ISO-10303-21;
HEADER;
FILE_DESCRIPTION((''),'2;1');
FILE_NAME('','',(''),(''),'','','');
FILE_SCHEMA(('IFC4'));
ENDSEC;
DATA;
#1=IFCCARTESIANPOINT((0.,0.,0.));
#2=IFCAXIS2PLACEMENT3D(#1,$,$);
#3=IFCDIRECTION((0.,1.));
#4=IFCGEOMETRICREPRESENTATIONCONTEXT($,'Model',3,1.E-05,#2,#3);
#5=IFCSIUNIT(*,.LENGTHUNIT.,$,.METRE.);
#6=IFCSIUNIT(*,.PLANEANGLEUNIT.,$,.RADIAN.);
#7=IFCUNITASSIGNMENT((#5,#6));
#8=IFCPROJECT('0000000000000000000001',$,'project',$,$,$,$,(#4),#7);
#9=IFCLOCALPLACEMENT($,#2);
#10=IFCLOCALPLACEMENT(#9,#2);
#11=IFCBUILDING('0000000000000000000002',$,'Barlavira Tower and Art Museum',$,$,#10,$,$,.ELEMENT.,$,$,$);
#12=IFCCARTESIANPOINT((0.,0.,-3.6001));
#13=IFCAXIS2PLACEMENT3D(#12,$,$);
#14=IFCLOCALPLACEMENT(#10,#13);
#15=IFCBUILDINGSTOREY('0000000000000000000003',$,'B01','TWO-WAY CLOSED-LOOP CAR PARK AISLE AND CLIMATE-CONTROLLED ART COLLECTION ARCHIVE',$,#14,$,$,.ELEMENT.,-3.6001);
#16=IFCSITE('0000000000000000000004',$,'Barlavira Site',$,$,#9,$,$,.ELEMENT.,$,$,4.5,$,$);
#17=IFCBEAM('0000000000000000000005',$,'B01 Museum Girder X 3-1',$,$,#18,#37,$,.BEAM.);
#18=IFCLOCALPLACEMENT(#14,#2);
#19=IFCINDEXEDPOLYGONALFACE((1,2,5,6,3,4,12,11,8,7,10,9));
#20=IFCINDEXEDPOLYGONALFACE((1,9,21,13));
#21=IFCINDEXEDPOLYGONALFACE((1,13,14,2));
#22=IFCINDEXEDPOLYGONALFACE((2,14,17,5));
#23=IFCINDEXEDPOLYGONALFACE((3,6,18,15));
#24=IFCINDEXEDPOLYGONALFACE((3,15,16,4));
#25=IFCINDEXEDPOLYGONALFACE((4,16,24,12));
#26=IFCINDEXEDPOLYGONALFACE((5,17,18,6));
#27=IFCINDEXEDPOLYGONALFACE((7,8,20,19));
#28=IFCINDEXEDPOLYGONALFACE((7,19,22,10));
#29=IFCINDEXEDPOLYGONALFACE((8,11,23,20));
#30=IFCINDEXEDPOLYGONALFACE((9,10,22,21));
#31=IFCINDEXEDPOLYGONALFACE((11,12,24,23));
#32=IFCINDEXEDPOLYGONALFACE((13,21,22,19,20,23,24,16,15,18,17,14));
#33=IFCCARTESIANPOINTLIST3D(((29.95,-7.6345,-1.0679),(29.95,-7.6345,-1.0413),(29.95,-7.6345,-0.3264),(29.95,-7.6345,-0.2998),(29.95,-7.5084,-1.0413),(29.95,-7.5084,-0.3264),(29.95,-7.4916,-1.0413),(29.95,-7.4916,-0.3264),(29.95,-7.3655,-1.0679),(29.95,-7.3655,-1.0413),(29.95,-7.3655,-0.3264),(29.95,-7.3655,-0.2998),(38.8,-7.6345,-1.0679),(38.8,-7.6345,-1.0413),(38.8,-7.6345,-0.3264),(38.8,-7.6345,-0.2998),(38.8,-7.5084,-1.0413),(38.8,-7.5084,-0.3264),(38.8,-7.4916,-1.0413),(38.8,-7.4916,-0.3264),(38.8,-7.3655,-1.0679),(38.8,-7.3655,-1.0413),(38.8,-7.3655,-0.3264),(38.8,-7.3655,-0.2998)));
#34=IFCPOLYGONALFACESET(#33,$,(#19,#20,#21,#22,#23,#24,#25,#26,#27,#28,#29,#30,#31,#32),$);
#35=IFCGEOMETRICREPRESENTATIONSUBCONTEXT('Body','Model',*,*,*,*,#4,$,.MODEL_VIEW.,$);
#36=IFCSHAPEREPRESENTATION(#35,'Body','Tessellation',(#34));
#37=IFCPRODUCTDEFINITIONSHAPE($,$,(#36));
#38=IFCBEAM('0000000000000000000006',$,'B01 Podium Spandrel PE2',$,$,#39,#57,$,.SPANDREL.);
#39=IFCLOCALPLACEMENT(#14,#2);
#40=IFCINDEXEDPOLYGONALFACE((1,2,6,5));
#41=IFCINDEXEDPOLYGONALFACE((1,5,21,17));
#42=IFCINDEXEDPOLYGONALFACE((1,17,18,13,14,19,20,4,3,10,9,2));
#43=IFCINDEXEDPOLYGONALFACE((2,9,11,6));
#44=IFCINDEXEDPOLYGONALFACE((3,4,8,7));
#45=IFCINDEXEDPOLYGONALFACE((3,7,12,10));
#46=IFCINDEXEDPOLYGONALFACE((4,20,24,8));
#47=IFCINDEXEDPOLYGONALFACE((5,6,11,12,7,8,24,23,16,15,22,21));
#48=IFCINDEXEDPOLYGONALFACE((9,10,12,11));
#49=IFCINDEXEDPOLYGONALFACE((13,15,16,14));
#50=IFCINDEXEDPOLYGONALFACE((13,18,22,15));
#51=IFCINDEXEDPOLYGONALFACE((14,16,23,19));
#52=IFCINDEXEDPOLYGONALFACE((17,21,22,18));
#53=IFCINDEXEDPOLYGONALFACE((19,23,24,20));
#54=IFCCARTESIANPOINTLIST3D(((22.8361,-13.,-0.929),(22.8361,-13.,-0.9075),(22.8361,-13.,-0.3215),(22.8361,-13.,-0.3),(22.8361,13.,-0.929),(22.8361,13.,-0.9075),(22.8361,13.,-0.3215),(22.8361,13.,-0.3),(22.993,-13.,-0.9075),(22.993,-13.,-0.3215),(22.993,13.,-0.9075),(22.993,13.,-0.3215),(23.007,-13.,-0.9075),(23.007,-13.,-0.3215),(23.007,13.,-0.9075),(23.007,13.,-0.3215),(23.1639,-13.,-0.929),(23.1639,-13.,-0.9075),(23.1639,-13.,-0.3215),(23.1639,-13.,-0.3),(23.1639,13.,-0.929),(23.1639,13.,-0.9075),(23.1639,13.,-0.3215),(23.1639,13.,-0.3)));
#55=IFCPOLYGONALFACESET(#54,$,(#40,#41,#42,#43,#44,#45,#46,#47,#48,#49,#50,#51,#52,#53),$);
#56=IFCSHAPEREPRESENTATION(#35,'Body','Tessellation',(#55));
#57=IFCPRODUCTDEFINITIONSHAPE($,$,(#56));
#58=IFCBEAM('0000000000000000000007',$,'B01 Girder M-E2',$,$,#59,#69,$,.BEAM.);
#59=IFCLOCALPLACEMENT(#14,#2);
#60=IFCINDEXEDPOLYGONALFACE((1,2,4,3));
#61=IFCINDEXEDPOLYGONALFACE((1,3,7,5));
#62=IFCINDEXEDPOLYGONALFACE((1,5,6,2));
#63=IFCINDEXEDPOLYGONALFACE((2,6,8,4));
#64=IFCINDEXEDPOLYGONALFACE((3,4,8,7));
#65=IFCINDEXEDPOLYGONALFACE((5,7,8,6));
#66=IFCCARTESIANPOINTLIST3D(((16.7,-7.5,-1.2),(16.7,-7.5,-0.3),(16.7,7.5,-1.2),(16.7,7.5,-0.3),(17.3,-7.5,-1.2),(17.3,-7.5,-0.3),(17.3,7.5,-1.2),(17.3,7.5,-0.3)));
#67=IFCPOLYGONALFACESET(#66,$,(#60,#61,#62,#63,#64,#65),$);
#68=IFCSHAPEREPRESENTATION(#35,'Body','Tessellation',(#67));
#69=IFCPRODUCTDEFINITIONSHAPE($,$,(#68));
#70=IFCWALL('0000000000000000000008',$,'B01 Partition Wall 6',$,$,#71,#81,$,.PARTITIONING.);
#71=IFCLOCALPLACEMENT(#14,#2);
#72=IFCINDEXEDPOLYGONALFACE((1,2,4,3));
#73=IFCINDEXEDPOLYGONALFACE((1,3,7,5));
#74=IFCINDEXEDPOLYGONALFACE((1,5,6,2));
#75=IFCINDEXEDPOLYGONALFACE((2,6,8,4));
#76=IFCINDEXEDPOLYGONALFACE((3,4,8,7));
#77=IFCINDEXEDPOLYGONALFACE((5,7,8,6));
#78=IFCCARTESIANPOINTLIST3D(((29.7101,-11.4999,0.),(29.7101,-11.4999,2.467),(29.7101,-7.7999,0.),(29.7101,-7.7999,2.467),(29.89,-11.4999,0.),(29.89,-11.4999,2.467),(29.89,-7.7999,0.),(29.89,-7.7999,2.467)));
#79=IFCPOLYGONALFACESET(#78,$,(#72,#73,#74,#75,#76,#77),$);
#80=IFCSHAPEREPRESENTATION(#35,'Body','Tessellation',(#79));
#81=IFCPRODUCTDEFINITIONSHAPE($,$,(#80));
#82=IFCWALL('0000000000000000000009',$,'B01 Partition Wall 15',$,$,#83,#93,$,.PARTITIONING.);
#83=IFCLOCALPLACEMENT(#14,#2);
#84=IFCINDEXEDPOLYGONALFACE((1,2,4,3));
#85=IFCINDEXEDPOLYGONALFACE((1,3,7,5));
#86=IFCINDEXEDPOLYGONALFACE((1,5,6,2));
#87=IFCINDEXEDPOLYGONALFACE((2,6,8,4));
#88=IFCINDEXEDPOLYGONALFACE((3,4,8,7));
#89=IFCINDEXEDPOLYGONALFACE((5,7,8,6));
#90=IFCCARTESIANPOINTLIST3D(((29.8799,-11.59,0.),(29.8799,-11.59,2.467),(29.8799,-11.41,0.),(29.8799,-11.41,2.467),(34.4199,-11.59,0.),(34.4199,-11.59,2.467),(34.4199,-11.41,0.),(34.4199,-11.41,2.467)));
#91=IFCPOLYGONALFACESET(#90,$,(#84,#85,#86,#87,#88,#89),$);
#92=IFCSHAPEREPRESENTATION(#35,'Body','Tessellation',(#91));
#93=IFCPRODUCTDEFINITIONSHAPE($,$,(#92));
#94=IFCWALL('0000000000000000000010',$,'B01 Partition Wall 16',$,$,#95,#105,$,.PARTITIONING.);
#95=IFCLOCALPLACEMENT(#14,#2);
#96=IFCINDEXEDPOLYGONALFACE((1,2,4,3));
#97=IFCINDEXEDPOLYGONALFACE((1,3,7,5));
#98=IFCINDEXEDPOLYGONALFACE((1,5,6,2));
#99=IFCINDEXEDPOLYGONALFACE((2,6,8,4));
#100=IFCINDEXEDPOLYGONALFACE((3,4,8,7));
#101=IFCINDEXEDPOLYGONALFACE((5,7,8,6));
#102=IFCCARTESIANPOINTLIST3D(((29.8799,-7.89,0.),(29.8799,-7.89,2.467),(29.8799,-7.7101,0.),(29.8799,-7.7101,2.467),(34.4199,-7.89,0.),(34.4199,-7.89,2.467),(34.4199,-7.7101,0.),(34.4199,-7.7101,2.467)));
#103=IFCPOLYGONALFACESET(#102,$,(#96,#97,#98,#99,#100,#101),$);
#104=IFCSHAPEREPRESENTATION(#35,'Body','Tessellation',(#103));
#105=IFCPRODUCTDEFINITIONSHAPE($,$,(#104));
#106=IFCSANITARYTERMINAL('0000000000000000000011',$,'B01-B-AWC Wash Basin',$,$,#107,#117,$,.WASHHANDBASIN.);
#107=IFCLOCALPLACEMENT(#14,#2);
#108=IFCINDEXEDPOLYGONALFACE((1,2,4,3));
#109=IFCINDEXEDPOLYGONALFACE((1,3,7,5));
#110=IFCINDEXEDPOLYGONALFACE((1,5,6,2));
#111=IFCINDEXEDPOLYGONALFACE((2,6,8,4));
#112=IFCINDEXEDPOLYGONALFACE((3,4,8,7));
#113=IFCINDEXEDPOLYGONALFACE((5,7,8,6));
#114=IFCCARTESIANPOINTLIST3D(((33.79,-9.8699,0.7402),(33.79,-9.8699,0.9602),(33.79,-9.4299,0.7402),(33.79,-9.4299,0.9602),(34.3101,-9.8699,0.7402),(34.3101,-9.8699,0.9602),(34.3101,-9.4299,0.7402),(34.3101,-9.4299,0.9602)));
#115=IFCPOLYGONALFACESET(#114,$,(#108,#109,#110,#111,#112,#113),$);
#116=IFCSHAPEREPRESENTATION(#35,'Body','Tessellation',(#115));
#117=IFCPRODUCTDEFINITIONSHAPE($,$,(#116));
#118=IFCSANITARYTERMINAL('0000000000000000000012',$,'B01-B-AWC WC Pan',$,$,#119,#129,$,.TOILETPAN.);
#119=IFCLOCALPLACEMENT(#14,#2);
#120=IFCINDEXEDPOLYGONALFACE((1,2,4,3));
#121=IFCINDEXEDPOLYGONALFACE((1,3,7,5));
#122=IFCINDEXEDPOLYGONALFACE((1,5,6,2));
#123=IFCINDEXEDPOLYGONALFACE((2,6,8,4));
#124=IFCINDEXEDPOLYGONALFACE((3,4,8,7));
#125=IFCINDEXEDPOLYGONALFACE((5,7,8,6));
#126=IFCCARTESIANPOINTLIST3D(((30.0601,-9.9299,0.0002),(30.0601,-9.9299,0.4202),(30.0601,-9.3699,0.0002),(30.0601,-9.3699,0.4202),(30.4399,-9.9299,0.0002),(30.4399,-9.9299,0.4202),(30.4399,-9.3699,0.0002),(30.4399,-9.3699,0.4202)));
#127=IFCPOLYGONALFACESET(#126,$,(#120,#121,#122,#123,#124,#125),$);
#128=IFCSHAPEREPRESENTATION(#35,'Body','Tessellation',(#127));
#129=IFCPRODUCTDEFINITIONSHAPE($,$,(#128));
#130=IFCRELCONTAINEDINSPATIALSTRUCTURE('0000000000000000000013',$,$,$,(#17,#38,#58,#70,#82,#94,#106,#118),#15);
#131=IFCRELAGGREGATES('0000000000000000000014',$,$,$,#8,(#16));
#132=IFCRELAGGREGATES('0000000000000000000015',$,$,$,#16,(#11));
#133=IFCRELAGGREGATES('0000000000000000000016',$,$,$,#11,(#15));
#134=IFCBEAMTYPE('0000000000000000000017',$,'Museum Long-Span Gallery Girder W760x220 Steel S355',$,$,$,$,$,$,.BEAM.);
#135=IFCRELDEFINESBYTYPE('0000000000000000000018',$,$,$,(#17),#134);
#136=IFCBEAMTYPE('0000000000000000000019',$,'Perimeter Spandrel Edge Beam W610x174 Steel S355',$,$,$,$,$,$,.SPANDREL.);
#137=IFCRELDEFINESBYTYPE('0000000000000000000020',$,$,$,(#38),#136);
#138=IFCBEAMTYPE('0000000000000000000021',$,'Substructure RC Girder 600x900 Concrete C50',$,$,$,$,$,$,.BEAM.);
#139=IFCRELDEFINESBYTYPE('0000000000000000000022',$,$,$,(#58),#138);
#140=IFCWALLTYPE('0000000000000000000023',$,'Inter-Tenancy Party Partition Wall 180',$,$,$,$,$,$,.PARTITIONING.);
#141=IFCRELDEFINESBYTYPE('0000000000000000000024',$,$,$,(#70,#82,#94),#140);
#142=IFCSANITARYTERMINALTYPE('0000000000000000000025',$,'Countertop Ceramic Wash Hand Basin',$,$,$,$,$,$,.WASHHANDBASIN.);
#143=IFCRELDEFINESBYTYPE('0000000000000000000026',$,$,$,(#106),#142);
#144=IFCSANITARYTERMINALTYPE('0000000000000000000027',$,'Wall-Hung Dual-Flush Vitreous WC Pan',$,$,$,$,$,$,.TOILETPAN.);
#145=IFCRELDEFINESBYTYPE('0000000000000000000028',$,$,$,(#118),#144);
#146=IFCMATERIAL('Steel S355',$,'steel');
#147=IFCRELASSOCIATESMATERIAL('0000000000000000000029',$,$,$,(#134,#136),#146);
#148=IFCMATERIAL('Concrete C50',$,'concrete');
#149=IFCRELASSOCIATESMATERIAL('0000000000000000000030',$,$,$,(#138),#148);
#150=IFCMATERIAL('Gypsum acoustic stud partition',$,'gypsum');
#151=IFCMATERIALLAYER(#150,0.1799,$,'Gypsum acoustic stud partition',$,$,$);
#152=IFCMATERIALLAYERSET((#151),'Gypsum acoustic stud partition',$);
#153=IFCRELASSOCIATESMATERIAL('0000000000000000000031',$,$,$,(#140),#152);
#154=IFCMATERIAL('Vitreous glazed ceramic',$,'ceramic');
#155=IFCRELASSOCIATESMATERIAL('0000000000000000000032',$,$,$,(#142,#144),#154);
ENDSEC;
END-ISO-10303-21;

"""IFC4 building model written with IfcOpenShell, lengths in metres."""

from ifc_helpers import new_model, si_unit, direction, frame, frame_2d, origin, origin_2d, place, context, subcontext, project, spatial, rectangle, i_section, extrude, material, layer, layer_set, material_profile, profile_set, type_object, element, save


model = new_model("IFC4")

# Units and contexts
model_context = context("Model", 3, precision=1e-05, world=origin(), true_north=direction((0.0, 1.0)))
body_context = subcontext(model_context, "Body", "Model", "MODEL_VIEW")
ifc_project = project(units=[si_unit("LENGTHUNIT", "METRE"), si_unit("PLANEANGLEUNIT", "RADIAN")], contexts=[model_context])

# Site, building, storey
site_placement = place(None, origin())
site = spatial("IfcSite", under=ifc_project, at=site_placement, Name="Barlavira Site", CompositionType="ELEMENT", RefElevation=4.5)
building_placement = place(site_placement, origin())
building = spatial("IfcBuilding", under=site, at=building_placement, Name="Barlavira Tower and Art Museum", CompositionType="ELEMENT")
storey_placement = place(building_placement, frame((0.0, 0.0, -3.6001)))
storey = spatial("IfcBuildingStorey", under=building, at=storey_placement, Name="B01", Description="TWO-WAY CLOSED-LOOP CAR PARK AISLE AND CLIMATE-CONTROLLED ART COLLECTION ARCHIVE", CompositionType="ELEMENT", Elevation=-3.6001)

# Shared definitions
ifc_material_1 = material(Name="Concrete C50", Category="concrete")

# Beams
ifc_material_2 = material(Name="Steel S355", Category="steel")
ifc_material_profile_1 = material_profile(ifc_material_2, i_section(OverallWidth=0.269, OverallDepth=0.7681, WebThickness=0.0168, FlangeThickness=0.0266, at=origin_2d()), Name="W760x220.0")
ifc_profile_set_1 = profile_set([ifc_material_profile_1], Name="Steel S355")
beam_type_1 = type_object("IfcBeamType", Name="Museum Long-Span Gallery Girder W760x220 Steel S355", PredefinedType="BEAM", material=ifc_profile_set_1)
for number, where, z_axis, x_axis, name in (
    (1, (29.95, -7.5, -0.6838), (1.0, 0.0, 0.0), (0.0, 1.0, 0.0), "B01 Museum Girder X 3-1"),
):
    element("IfcBeam", number, at=place(storey_placement, frame(where, z_axis=z_axis, x_axis=x_axis)), inside=storey, type_object=beam_type_1, Name=name, PredefinedType="BEAM", context=body_context, shape_type="SweptSolid", body=[
        extrude(i_section(OverallWidth=0.269, OverallDepth=0.7681, WebThickness=0.0168, FlangeThickness=0.0266, at=origin_2d()), origin(), (0.0, 0.0, 1.0), 8.8501),
    ])
ifc_material_profile_2 = material_profile(ifc_material_2, i_section(OverallWidth=0.3279, OverallDepth=0.6289, WebThickness=0.0139, FlangeThickness=0.0215, at=origin_2d()), Name="W610x174.0")
ifc_profile_set_2 = profile_set([ifc_material_profile_2], Name="Steel S355")
beam_type_2 = type_object("IfcBeamType", Name="Perimeter Spandrel Edge Beam W610x174 Steel S355", PredefinedType="SPANDREL", material=ifc_profile_set_2)
beam_1_placement = place(storey_placement, frame((23.0, -13.0, -0.6145), z_axis=(0.0, 1.0, 0.0), x_axis=(-1.0, 0.0, 0.0)))
element("IfcBeam", 2, at=beam_1_placement, inside=storey, type_object=beam_type_2, Name="B01 Podium Spandrel PE2", PredefinedType="SPANDREL", context=body_context, shape_type="SweptSolid", body=[
    extrude(i_section(OverallWidth=0.3279, OverallDepth=0.6289, WebThickness=0.0139, FlangeThickness=0.0215, at=origin_2d()), origin(), (0.0, 0.0, 1.0), 26.0),
])
ifc_material_profile_3 = material_profile(ifc_material_1, rectangle(XDim=0.6001, YDim=0.8999, at=origin_2d()), Name="RC-BM 600x900")
ifc_profile_set_3 = profile_set([ifc_material_profile_3], Name="Concrete C50")
beam_type_3 = type_object("IfcBeamType", Name="Substructure RC Girder 600x900 Concrete C50", PredefinedType="BEAM", material=ifc_profile_set_3)
beam_2_placement = place(storey_placement, frame((17.0, -7.5, -0.75), z_axis=(0.0, 1.0, 0.0), x_axis=(-1.0, 0.0, 0.0)))
element("IfcBeam", 3, at=beam_2_placement, inside=storey, type_object=beam_type_3, Name="B01 Girder M-E2", PredefinedType="BEAM", context=body_context, shape_type="SweptSolid", body=[
    extrude(rectangle(XDim=0.6001, YDim=0.8999, at=origin_2d()), origin(), (0.0, 0.0, 1.0), 15.0),
])

# Walls
ifc_material_3 = material(Name="Gypsum acoustic stud partition", Category="gypsum")
ifc_layer = layer(ifc_material_3, 0.1799, Name="Gypsum acoustic stud partition")
ifc_layer_set = layer_set([ifc_layer], Name="Gypsum acoustic stud partition")
wall_type = type_object("IfcWallType", Name="Inter-Tenancy Party Partition Wall 180", PredefinedType="PARTITIONING", material=ifc_layer_set)
wall_placement = place(storey_placement, frame((29.8, -11.5, 0.0), z_axis=(0.0, 0.0, 1.0), x_axis=(0.0, 1.0, 0.0)))
element("IfcWall", 4, at=wall_placement, inside=storey, type_object=wall_type, Name="B01 Partition Wall 6", PredefinedType="PARTITIONING", context=body_context, shape_type="SweptSolid", body=[
    extrude(rectangle(XDim=3.7, YDim=0.1799, at=frame_2d((1.8501, 0.0))), origin(), (0.0, 0.0, 1.0), 2.467),
])
for number, where, z_axis, x_axis, name in (
    (5, (29.8799, -11.5, 0.0), (0.0, 0.0, 1.0), (1.0, 0.0, 0.0), "B01 Partition Wall 15"),
    (6, (29.8799, -7.8, 0.0), (0.0, 0.0, 1.0), (1.0, 0.0, 0.0), "B01 Partition Wall 16"),
):
    element("IfcWall", number, at=place(storey_placement, frame(where, z_axis=z_axis, x_axis=x_axis)), inside=storey, type_object=wall_type, Name=name, PredefinedType="PARTITIONING", context=body_context, shape_type="SweptSolid", body=[
        extrude(rectangle(XDim=4.54, YDim=0.1799, at=frame_2d((2.27, 0.0))), origin(), (0.0, 0.0, 1.0), 2.467),
    ])

# Sanitary terminals
ifc_material_4 = material(Name="Vitreous glazed ceramic", Category="ceramic")
sanitary_terminal_type_1 = type_object("IfcSanitaryTerminalType", Name="Countertop Ceramic Wash Hand Basin", PredefinedType="WASHHANDBASIN", material=ifc_material_4)
sanitary_terminal_1_placement = place(storey_placement, frame((34.05, -9.6499, 0.7402), z_axis=(0.0, 0.0, 1.0), x_axis=(1.0, 0.0, 0.0)))
element("IfcSanitaryTerminal", 7, at=sanitary_terminal_1_placement, inside=storey, type_object=sanitary_terminal_type_1, Name="B01-B-AWC Wash Basin", PredefinedType="WASHHANDBASIN", context=body_context, shape_type="SweptSolid", body=[
    extrude(rectangle(XDim=0.52, YDim=0.4399, at=origin_2d()), origin(), (0.0, 0.0, 1.0), 0.22),
])
sanitary_terminal_type_2 = type_object("IfcSanitaryTerminalType", Name="Wall-Hung Dual-Flush Vitreous WC Pan", PredefinedType="TOILETPAN", material=ifc_material_4)
sanitary_terminal_2_placement = place(storey_placement, frame((30.25, -9.6499, 0.0002), z_axis=(0.0, 0.0, 1.0), x_axis=(1.0, 0.0, 0.0)))
element("IfcSanitaryTerminal", 8, at=sanitary_terminal_2_placement, inside=storey, type_object=sanitary_terminal_type_2, Name="B01-B-AWC WC Pan", PredefinedType="TOILETPAN", context=body_context, shape_type="SweptSolid", body=[
    extrude(rectangle(XDim=0.3799, YDim=0.5601, at=origin_2d()), origin(), (0.0, 0.0, 1.0), 0.4199),
])

save(model, "model.ifc")
